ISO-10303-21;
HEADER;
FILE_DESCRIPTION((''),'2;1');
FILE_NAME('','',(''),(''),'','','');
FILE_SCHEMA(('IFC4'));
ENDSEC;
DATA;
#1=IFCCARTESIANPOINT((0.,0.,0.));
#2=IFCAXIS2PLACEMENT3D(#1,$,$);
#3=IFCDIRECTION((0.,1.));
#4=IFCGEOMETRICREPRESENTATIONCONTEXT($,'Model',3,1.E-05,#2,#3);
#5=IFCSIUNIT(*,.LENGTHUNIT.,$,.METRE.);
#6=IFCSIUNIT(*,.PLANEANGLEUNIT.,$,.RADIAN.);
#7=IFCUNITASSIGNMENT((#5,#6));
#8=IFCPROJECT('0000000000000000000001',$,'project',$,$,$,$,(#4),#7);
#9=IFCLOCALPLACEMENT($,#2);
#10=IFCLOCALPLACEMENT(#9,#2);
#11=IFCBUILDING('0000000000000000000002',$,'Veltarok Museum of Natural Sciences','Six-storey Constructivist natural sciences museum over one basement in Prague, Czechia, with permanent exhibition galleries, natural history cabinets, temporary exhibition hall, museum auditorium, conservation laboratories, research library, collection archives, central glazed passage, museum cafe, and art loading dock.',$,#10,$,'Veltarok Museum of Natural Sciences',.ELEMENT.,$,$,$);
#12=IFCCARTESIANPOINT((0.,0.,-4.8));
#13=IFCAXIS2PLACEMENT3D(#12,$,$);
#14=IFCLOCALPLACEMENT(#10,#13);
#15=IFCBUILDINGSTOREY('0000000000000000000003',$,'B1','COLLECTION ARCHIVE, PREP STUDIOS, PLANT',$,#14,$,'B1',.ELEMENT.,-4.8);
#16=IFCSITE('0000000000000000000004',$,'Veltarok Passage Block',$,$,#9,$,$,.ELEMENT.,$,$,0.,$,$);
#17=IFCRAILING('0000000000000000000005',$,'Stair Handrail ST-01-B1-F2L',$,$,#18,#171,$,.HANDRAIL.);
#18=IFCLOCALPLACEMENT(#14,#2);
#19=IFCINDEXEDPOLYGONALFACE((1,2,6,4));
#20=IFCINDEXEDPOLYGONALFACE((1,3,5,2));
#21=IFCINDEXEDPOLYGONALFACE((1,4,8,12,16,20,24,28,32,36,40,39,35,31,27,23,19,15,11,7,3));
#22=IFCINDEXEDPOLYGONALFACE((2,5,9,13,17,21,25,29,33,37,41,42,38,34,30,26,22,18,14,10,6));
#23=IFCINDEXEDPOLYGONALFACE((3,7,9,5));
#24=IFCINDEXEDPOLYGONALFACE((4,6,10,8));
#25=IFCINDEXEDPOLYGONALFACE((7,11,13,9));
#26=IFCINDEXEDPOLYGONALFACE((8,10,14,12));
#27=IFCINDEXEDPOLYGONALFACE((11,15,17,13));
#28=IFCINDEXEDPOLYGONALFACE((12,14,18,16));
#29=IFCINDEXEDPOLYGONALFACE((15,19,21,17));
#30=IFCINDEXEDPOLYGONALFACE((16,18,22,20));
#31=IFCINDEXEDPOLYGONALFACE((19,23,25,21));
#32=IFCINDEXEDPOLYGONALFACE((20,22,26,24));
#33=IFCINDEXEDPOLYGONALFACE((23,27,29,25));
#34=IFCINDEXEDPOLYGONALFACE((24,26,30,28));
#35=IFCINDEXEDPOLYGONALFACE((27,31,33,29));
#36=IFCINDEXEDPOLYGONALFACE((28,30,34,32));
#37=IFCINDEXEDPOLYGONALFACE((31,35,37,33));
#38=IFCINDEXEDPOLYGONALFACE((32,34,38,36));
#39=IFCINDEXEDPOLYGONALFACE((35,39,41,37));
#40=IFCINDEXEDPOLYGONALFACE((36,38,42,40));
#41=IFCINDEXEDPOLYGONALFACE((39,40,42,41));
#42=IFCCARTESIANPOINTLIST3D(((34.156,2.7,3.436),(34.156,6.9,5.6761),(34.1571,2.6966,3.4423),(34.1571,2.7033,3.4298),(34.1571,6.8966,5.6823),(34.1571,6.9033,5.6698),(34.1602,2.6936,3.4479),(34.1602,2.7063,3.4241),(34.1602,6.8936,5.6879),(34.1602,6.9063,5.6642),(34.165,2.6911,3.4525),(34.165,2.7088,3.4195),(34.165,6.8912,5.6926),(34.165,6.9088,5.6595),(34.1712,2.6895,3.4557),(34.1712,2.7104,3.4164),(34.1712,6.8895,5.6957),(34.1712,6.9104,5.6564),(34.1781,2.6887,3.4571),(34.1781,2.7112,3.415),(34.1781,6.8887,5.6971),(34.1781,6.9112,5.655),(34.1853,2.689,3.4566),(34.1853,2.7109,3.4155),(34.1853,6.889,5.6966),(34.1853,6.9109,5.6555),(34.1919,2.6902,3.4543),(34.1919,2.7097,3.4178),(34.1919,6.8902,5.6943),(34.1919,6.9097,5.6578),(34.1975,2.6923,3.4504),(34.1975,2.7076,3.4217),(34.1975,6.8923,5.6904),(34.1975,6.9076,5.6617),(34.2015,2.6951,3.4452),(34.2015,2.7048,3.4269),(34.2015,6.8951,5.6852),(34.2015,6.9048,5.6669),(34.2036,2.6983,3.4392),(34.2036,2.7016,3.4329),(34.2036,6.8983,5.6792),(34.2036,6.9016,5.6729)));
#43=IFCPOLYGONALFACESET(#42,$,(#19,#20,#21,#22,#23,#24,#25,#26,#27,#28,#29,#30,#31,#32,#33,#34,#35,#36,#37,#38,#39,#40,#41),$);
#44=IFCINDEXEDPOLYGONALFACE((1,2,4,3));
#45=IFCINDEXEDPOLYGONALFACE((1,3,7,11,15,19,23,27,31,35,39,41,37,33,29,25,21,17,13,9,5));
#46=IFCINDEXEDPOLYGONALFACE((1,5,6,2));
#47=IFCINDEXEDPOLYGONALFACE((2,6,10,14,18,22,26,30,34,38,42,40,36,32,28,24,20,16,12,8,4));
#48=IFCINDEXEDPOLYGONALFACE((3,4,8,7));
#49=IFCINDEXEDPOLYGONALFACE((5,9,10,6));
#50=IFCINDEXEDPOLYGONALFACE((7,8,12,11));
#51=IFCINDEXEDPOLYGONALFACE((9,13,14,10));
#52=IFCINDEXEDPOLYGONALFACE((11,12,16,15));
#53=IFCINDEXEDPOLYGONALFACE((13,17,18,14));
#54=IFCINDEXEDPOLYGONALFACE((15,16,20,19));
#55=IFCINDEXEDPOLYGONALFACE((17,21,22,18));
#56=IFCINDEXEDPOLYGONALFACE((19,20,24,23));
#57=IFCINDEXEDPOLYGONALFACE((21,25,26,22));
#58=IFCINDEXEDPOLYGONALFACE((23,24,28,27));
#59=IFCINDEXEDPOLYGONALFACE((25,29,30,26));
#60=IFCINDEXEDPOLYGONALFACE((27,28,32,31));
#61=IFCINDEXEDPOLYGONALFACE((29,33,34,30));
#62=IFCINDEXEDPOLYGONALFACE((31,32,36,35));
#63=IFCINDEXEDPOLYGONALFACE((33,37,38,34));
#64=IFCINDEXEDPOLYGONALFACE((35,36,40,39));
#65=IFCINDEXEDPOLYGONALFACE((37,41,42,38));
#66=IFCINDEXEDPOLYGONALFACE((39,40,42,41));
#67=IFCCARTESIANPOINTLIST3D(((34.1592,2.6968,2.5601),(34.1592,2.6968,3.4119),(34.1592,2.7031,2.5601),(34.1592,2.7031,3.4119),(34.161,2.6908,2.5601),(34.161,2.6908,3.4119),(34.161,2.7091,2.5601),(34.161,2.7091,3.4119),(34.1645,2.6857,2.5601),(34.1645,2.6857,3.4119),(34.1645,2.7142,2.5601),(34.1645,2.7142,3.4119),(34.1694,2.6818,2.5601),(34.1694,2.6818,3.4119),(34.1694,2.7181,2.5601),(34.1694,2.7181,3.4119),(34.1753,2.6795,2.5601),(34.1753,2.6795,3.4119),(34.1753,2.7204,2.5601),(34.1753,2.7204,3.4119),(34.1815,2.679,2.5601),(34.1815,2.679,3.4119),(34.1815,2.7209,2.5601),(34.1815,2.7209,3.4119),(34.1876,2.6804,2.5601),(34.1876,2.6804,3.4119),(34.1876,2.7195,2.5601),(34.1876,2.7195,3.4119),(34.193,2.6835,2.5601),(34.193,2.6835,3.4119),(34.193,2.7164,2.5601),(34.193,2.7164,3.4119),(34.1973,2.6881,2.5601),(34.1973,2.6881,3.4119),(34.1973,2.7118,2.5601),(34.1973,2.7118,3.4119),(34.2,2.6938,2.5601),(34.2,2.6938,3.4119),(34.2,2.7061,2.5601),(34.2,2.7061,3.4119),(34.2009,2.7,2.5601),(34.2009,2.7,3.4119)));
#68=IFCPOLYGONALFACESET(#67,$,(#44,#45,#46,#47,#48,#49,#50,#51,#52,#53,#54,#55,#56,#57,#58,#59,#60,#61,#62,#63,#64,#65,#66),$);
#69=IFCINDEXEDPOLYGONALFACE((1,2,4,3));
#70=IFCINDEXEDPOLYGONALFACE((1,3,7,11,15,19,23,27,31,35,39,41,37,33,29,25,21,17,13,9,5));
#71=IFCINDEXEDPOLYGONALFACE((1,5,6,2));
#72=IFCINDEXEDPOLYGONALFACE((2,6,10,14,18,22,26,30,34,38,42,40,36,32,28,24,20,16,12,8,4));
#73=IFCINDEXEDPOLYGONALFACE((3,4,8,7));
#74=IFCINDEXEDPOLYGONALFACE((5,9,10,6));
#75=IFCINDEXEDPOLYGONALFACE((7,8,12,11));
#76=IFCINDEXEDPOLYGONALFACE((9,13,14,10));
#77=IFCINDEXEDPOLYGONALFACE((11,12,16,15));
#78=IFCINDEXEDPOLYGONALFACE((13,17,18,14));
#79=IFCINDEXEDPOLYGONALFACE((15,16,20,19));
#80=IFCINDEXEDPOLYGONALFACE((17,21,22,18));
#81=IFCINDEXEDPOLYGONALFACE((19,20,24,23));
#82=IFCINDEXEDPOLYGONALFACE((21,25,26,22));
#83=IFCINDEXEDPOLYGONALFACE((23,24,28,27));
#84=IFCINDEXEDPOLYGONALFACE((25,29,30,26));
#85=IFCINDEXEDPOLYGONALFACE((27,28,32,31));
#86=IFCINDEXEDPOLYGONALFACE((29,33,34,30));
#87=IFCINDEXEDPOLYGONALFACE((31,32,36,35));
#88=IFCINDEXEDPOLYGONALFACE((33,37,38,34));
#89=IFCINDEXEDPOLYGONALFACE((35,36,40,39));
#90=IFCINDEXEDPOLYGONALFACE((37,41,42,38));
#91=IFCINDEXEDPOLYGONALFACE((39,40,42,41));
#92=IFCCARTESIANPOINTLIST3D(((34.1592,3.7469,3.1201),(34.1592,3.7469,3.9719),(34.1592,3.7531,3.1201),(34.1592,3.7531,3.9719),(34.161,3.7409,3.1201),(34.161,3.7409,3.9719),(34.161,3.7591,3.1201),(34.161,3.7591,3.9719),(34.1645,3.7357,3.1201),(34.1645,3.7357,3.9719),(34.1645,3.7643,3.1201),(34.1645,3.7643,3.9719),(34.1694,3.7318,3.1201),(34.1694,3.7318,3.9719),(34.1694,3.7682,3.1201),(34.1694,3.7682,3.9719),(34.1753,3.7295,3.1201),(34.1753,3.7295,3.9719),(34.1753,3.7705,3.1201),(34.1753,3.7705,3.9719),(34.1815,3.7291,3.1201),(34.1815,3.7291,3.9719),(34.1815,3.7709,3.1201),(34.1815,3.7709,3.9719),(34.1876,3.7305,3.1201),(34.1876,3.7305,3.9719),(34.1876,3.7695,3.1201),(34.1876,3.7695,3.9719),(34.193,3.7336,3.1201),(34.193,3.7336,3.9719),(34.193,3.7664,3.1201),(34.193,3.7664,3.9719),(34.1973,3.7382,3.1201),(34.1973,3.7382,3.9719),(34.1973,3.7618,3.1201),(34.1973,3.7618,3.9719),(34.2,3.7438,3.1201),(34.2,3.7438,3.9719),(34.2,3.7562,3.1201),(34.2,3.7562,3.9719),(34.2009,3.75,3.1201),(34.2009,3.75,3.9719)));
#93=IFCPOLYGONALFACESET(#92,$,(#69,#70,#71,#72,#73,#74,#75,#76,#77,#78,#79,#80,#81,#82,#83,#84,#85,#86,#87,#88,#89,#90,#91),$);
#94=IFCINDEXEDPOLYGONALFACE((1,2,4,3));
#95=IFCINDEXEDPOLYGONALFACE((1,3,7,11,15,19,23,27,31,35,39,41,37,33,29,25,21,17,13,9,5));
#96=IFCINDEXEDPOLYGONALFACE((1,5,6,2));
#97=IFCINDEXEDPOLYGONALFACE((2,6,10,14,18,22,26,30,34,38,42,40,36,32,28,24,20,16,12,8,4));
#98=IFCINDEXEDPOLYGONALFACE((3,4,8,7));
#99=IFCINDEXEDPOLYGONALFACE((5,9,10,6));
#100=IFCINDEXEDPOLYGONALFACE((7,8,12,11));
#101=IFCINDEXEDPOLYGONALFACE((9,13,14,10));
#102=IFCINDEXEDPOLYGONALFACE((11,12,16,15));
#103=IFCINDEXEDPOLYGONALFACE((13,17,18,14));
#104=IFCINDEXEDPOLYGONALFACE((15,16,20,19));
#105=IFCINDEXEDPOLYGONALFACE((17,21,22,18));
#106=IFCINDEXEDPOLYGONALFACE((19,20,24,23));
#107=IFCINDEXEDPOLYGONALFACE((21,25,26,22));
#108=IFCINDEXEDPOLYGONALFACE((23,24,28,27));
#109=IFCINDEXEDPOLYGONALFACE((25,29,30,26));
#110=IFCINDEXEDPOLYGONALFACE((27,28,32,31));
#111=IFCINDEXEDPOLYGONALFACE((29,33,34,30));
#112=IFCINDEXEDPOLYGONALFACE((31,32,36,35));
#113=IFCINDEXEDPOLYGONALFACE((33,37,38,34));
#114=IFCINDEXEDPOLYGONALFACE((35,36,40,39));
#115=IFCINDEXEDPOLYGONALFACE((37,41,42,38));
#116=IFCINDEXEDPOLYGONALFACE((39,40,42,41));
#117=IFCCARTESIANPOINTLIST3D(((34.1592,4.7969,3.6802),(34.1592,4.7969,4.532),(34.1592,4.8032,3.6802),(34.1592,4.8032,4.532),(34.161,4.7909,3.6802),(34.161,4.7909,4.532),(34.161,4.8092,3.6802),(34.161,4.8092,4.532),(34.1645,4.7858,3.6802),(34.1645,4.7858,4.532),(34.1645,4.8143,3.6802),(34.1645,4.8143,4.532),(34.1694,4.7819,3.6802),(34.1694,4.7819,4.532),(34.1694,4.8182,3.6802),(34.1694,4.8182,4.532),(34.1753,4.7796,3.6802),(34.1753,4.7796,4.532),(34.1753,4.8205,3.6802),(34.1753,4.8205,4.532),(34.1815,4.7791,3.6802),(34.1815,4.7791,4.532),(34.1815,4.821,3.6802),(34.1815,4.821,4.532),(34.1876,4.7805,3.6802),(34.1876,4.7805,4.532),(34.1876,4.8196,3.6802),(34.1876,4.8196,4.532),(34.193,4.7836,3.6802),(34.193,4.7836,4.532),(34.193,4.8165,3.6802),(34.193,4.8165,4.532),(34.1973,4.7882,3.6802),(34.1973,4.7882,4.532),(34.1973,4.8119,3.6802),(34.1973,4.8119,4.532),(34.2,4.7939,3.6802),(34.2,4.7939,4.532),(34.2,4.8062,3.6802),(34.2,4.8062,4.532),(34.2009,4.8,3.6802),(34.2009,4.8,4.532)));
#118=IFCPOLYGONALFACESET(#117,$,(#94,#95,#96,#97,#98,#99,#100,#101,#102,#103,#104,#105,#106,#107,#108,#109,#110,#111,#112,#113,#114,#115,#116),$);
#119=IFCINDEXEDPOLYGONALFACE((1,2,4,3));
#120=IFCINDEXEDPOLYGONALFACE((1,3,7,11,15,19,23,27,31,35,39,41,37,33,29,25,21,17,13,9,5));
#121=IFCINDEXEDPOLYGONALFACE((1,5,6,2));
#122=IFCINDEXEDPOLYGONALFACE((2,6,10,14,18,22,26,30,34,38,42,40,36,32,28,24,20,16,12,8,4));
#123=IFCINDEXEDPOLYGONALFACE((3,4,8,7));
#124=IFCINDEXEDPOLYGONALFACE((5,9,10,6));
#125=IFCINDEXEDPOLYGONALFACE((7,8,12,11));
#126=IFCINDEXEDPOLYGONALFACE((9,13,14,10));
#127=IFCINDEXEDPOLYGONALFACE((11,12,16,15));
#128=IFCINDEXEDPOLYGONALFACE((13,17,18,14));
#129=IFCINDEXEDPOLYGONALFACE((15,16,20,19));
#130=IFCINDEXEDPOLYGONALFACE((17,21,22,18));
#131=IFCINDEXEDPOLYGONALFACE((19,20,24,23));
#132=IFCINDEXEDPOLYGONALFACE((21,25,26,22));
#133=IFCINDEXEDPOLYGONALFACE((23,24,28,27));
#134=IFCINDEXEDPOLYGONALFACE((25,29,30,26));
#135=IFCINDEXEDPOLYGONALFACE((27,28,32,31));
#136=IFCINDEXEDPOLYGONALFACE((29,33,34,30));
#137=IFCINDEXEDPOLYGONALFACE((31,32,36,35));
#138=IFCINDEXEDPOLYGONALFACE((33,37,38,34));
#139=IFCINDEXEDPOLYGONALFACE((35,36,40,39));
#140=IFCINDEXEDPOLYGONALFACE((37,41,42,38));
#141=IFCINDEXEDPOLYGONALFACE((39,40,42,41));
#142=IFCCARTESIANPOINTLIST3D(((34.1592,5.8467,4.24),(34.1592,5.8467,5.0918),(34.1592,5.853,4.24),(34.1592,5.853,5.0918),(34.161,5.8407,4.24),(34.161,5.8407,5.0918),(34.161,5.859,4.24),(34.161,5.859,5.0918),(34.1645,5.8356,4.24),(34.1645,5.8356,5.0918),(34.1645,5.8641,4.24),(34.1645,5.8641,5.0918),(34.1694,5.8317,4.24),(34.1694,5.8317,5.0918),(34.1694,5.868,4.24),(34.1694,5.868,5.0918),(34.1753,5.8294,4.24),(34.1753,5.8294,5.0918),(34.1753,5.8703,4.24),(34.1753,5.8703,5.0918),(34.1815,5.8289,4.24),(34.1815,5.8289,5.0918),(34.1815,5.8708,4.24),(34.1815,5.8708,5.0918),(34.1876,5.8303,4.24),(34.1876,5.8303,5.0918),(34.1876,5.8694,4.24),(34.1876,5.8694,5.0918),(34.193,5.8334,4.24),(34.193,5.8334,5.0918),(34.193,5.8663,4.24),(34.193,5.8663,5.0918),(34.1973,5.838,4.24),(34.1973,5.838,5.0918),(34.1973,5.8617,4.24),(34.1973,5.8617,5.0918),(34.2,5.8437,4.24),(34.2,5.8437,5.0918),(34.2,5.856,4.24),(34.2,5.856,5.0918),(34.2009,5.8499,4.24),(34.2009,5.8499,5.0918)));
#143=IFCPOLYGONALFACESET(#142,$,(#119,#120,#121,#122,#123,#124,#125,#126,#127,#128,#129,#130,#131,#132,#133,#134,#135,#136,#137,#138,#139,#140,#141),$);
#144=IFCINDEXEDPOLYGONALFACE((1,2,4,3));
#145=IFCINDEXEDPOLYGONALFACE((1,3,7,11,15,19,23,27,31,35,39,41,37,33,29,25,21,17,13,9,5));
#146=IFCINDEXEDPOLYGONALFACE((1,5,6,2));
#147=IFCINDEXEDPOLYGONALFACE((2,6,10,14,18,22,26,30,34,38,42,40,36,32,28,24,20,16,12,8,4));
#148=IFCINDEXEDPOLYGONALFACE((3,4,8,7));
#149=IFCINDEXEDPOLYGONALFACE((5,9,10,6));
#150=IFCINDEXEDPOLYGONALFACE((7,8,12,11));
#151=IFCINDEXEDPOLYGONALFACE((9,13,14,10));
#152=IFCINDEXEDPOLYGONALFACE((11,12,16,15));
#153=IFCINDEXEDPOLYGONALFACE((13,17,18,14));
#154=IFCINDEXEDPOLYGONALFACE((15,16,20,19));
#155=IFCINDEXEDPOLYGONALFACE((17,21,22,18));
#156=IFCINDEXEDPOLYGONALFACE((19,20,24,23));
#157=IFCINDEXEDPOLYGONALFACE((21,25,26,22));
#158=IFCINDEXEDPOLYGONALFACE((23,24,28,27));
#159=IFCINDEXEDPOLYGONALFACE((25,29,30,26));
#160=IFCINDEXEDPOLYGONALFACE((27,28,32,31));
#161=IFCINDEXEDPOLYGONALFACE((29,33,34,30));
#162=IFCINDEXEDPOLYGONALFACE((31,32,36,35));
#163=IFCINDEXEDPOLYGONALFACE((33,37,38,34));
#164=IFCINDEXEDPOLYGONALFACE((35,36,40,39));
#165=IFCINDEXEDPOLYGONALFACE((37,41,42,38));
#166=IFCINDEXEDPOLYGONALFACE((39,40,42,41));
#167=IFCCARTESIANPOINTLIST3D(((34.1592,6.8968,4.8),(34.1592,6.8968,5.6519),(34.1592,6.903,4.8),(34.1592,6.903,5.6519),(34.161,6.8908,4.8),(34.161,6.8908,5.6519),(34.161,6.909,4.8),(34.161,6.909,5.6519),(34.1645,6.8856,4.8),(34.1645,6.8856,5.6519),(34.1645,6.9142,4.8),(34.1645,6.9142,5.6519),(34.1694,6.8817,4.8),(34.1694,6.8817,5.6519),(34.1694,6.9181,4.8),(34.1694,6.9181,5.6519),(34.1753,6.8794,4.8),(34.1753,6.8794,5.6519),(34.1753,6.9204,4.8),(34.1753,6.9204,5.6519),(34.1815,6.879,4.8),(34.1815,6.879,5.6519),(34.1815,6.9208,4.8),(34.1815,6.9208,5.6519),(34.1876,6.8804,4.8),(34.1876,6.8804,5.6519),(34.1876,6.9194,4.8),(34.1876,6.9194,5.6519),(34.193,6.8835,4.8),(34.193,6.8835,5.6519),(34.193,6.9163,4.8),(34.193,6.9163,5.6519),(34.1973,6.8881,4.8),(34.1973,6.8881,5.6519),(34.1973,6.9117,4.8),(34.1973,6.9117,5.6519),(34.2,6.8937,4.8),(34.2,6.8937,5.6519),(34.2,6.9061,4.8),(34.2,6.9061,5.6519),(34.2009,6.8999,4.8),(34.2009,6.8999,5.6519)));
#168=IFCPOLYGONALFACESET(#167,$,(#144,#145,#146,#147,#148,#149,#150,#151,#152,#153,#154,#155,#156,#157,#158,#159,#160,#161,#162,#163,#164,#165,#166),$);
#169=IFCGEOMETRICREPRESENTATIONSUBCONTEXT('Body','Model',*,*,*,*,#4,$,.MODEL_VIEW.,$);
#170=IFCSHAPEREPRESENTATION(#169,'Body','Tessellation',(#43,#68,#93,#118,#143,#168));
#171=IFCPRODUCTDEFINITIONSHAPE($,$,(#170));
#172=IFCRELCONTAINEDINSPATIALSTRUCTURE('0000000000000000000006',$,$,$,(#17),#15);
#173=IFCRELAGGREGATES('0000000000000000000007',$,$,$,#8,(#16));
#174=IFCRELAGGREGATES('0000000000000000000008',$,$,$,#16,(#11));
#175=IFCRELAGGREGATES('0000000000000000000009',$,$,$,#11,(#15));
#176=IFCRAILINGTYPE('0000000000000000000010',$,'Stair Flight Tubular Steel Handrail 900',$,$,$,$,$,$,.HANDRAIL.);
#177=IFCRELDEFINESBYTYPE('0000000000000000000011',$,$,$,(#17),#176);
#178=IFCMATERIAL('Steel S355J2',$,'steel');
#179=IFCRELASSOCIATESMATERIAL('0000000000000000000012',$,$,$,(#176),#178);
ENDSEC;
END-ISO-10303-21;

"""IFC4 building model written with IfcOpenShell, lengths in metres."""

from ifc_helpers import new_model, si_unit, direction, frame, origin, origin_2d, place, context, subcontext, project, spatial, circle, extrude, material, type_object, element, save


model = new_model("IFC4")

# Units and contexts
model_context = context("Model", 3, precision=1e-05, world=origin(), true_north=direction((0.0, 1.0)))
body_context = subcontext(model_context, "Body", "Model", "MODEL_VIEW")
ifc_project = project(units=[si_unit("LENGTHUNIT", "METRE"), si_unit("PLANEANGLEUNIT", "RADIAN")], contexts=[model_context])

# Site, building, storey
site_placement = place(None, origin())
site = spatial("IfcSite", under=ifc_project, at=site_placement, Name="Veltarok Passage Block", CompositionType="ELEMENT", RefElevation=0.0)
building_placement = place(site_placement, origin())
building = spatial("IfcBuilding", under=site, at=building_placement, Name="Veltarok Museum of Natural Sciences", Description="Six-storey Constructivist natural sciences museum over one basement in Prague, Czechia, with permanent exhibition galleries, natural history cabinets, temporary exhibition hall, museum auditorium, conservation laboratories, research library, collection archives, central glazed passage, museum cafe, and art loading dock.", LongName="Veltarok Museum of Natural Sciences", CompositionType="ELEMENT")
storey_placement = place(building_placement, frame((0.0, 0.0, -4.8)))
storey = spatial("IfcBuildingStorey", under=building, at=storey_placement, Name="B1", Description="COLLECTION ARCHIVE, PREP STUDIOS, PLANT", LongName="B1", CompositionType="ELEMENT", Elevation=-4.8)

# Shared definitions
ifc_material_1 = material(Name="Steel S355J2", Category="steel")

# Railing
railing_type_1 = type_object("IfcRailingType", Name="Stair Flight Tubular Steel Handrail 900", PredefinedType="HANDRAIL", material=ifc_material_1)
for number, where, name in (
    (1, (34.1799, 2.7, 2.5601), "Stair Handrail ST-01-B1-F2L"),
):
    element("IfcRailing", number, at=place(storey_placement, frame(where)), inside=storey, type_object=railing_type_1, Name=name, PredefinedType="HANDRAIL", context=body_context, shape_type="SweptSolid", body=[
        extrude(circle(Radius=0.0239, at=origin_2d()), frame((0.0, 0.0, 0.876), z_axis=(0.0, 0.882352, 0.470591), x_axis=(-1.0, 0.0, 0.0)), (0.0, 0.0, 1.0), 4.76),
        extrude(circle(Radius=0.021, at=origin_2d()), origin(), (0.0, 0.0, 1.0), 0.8518),
        extrude(circle(Radius=0.021, at=origin_2d()), frame((0.0, 1.05, 0.5601)), (0.0, 0.0, 1.0), 0.8518),
        extrude(circle(Radius=0.021, at=origin_2d()), frame((0.0, 2.1001, 1.1201)), (0.0, 0.0, 1.0), 0.8518),
        extrude(circle(Radius=0.021, at=origin_2d()), frame((0.0, 3.1499, 1.6799)), (0.0, 0.0, 1.0), 0.8518),
        extrude(circle(Radius=0.021, at=origin_2d()), frame((0.0, 4.2, 2.24)), (0.0, 0.0, 1.0), 0.8518),
    ])

save(model, "model.ifc")
